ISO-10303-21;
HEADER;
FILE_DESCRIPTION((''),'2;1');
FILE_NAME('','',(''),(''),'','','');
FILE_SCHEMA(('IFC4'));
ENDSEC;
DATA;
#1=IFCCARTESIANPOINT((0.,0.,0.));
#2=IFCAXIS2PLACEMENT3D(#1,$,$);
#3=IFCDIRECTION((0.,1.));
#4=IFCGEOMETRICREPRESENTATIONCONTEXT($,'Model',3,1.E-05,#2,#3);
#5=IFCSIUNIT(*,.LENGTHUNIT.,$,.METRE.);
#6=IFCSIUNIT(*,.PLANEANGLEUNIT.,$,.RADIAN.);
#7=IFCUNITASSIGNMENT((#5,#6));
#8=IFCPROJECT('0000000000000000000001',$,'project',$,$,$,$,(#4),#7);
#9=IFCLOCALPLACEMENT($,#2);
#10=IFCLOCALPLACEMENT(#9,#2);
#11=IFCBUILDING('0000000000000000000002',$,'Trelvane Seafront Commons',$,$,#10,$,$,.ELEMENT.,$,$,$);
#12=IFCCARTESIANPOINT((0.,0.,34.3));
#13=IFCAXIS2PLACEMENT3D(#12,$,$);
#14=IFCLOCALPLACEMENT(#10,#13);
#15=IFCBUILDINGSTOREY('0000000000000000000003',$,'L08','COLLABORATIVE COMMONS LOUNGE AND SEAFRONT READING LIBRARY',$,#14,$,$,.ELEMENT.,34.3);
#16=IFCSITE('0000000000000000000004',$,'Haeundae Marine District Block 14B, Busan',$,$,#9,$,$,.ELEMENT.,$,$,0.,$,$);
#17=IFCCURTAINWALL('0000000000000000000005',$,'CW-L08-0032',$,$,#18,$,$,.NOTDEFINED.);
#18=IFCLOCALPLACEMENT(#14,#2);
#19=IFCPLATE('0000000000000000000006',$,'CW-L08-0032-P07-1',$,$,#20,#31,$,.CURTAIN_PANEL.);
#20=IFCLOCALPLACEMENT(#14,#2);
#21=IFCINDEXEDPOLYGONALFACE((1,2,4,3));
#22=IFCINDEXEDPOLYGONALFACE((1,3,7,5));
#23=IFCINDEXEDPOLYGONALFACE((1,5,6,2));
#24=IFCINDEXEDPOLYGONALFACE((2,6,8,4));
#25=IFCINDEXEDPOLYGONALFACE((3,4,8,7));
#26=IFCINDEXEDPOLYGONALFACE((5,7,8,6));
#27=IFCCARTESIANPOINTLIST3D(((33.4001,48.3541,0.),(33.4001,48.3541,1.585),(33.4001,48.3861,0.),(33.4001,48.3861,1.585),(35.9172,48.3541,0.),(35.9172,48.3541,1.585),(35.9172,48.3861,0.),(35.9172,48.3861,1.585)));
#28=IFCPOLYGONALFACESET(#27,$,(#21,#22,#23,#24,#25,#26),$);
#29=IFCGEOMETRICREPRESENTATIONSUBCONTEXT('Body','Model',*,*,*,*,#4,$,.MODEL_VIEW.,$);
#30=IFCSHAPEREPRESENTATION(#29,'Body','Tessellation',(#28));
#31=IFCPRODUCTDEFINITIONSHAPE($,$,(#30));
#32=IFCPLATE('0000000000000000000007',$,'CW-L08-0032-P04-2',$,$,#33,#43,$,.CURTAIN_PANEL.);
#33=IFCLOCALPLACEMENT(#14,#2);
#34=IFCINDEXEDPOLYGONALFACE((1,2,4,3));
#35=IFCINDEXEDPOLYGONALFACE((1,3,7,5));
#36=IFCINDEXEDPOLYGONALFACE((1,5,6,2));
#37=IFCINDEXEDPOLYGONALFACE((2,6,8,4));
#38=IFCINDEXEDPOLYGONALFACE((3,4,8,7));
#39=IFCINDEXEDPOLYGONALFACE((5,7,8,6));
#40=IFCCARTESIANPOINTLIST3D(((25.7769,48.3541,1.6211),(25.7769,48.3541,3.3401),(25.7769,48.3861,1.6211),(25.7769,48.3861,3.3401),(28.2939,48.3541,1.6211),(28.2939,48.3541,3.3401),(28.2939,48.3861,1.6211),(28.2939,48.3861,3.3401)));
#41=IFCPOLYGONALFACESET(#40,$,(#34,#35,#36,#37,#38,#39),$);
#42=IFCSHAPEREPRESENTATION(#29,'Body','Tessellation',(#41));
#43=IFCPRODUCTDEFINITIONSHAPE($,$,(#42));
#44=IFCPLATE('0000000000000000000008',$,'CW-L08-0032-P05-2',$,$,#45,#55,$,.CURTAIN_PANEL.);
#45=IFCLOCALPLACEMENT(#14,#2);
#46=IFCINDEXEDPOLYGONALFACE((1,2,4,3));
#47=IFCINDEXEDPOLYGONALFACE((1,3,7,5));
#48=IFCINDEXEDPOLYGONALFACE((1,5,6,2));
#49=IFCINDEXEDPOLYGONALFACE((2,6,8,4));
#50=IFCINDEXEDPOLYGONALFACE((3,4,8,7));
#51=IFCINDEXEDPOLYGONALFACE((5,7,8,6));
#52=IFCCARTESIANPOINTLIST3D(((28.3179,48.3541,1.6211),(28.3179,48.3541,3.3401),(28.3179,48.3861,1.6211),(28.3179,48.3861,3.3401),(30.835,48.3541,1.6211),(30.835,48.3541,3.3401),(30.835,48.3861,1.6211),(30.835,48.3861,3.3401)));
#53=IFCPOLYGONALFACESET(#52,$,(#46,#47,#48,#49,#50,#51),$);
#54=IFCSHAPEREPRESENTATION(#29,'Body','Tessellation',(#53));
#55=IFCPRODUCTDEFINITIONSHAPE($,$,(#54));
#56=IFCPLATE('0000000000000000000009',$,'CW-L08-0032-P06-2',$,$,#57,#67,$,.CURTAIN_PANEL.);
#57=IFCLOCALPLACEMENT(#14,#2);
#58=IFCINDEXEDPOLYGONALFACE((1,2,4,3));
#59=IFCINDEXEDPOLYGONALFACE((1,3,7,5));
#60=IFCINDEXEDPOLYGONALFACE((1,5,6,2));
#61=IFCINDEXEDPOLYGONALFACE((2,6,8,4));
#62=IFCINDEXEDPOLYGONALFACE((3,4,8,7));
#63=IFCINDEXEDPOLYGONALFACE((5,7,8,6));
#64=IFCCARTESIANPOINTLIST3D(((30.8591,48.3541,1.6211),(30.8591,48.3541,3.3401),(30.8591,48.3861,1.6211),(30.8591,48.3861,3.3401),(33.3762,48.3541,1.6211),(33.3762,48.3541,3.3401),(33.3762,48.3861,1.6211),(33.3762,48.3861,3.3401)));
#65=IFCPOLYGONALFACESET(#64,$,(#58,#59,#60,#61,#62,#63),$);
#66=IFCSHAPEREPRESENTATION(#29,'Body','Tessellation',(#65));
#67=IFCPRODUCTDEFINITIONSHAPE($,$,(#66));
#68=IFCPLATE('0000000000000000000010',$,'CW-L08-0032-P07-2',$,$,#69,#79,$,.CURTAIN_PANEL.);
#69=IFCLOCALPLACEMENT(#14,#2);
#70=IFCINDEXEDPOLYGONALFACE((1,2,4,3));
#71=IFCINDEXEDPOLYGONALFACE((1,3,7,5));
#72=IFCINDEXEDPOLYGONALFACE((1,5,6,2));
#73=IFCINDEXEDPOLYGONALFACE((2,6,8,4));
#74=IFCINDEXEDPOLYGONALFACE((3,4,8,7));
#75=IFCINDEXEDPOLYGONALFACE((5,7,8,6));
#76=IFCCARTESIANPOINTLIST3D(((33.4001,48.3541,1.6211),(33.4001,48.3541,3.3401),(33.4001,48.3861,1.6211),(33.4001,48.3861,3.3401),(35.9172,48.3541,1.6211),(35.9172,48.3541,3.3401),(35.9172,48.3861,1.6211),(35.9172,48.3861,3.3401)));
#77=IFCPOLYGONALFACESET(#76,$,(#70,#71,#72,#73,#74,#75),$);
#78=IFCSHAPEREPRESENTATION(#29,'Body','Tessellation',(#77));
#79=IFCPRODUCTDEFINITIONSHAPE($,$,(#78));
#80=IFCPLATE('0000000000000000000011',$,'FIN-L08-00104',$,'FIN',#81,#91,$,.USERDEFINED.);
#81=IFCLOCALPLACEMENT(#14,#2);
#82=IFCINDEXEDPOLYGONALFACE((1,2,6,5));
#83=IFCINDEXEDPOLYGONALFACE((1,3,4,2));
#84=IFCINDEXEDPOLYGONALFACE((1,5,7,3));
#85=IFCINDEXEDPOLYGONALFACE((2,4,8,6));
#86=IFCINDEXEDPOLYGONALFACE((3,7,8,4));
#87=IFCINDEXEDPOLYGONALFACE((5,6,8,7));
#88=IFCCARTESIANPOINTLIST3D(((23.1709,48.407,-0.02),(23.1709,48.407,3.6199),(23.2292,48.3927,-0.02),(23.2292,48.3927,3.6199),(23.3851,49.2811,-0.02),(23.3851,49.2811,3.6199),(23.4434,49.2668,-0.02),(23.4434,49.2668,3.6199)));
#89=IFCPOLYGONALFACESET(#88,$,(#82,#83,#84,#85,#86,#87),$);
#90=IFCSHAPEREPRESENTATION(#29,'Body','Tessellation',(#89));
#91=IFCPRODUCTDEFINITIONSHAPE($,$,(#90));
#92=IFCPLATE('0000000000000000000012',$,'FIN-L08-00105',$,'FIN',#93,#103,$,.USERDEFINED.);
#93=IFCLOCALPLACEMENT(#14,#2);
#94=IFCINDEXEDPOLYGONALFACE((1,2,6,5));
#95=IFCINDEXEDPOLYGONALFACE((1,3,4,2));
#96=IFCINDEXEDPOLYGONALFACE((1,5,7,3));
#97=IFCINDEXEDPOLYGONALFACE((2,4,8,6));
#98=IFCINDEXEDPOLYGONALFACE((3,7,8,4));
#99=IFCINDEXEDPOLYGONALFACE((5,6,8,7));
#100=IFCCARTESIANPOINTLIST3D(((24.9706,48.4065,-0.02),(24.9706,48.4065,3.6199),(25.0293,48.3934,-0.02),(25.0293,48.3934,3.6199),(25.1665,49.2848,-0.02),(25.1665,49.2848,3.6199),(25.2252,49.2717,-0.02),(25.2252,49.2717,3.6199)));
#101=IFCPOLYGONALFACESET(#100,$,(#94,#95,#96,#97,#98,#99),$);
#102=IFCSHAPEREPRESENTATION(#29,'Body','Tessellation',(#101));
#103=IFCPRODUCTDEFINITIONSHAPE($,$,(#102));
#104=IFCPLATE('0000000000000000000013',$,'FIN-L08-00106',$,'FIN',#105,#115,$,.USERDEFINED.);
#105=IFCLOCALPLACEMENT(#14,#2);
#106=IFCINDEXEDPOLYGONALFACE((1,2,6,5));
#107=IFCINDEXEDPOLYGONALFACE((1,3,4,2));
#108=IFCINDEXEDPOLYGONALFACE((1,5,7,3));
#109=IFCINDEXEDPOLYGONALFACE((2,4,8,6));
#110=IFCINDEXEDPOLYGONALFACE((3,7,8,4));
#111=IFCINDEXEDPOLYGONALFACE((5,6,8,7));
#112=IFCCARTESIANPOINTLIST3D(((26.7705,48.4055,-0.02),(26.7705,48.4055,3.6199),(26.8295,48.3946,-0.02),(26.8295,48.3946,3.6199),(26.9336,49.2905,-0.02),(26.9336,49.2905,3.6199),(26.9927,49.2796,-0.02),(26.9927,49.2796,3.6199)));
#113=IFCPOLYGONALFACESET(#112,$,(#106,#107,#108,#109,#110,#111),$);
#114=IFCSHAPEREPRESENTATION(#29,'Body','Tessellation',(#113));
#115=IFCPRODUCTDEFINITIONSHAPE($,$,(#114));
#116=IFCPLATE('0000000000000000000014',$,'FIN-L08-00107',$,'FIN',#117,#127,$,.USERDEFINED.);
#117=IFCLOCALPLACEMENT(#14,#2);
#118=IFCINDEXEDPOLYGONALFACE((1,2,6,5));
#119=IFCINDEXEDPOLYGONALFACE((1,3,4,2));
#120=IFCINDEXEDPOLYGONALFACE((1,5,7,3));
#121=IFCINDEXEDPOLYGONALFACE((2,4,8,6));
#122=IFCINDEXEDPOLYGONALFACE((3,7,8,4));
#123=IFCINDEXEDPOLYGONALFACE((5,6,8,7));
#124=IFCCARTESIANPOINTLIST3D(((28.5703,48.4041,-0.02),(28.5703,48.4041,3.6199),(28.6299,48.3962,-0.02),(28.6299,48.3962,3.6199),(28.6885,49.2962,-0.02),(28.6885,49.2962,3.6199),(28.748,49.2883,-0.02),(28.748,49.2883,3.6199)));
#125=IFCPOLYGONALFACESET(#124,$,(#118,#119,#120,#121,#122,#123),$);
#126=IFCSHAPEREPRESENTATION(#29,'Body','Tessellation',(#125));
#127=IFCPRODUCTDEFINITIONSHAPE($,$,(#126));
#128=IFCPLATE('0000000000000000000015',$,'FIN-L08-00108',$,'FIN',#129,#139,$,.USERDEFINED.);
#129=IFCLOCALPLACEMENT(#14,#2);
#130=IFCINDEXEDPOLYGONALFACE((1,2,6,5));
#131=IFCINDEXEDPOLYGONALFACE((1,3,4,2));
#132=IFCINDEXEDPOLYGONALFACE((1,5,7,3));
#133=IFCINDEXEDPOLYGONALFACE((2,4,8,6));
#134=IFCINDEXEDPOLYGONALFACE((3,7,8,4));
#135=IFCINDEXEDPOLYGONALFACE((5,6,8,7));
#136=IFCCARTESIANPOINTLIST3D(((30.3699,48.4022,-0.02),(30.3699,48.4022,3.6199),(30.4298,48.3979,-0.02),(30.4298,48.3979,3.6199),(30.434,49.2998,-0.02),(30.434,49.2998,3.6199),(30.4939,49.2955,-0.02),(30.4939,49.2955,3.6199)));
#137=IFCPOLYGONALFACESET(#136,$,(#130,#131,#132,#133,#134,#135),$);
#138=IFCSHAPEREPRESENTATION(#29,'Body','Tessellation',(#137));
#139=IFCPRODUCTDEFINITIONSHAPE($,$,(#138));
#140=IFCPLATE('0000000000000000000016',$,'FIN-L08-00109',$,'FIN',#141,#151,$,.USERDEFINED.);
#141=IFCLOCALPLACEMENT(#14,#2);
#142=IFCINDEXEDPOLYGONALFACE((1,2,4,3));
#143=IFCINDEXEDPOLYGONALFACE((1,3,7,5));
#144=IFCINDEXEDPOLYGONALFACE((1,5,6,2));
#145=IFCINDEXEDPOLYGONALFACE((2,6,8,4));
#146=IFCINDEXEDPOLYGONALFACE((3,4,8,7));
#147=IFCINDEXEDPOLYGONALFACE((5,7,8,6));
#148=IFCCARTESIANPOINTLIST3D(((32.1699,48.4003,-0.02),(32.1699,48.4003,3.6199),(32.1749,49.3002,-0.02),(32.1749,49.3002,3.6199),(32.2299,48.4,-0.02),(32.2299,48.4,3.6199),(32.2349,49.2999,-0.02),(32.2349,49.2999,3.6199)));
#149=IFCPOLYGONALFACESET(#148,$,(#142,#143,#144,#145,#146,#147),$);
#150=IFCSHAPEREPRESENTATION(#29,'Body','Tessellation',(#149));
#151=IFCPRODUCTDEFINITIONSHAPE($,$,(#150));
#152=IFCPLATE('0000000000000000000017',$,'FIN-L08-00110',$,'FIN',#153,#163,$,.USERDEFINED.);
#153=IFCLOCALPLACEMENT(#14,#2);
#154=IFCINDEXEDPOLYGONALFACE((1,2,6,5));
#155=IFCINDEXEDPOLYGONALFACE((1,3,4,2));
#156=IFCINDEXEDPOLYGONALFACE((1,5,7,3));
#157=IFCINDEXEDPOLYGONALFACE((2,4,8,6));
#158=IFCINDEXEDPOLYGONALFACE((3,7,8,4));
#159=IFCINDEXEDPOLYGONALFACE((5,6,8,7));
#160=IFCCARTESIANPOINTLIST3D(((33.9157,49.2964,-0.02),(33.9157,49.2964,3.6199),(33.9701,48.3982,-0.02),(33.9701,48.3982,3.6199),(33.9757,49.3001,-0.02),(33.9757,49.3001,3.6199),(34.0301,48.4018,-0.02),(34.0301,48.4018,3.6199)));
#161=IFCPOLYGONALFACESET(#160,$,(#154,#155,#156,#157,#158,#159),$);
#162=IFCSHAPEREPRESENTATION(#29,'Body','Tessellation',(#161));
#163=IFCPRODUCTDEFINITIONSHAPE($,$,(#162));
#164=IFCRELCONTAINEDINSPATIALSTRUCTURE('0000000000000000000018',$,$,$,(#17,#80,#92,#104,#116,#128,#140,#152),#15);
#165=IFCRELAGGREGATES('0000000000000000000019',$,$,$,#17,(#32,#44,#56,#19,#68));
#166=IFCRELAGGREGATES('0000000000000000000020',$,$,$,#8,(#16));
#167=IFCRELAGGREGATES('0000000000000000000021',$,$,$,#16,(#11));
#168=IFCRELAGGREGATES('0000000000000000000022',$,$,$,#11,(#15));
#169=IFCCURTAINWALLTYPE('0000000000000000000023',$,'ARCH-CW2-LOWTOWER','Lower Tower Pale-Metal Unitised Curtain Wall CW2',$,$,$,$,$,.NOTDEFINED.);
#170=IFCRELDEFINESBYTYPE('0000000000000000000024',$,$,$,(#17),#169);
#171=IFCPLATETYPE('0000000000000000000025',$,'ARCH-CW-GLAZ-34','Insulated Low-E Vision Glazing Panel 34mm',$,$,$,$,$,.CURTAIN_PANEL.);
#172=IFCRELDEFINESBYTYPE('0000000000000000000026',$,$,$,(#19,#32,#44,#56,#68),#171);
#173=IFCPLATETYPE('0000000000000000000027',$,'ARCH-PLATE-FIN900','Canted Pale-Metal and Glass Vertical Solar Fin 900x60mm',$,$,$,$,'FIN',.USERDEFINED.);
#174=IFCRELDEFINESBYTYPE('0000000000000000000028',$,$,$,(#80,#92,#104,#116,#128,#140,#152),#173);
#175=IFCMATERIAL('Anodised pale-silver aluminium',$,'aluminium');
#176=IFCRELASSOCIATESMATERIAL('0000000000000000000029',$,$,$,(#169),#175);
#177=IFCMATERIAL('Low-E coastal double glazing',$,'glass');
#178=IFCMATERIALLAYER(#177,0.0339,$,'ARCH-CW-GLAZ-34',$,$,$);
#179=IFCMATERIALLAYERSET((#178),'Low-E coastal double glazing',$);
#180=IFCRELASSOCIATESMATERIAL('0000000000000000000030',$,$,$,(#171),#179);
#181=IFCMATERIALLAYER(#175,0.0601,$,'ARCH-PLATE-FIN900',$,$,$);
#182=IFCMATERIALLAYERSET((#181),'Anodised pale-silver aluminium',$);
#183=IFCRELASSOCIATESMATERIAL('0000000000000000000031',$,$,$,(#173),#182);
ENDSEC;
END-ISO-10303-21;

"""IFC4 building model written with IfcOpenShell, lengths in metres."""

from ifc_helpers import new_model, si_unit, direction, frame, origin, origin_2d, place, context, subcontext, project, spatial, rectangle, extrude, source, transform, mapped, material, layer, layer_set, type_object, element, aggregate, save


model = new_model("IFC4")

# Units and contexts
model_context = context("Model", 3, precision=1e-05, world=origin(), true_north=direction((0.0, 1.0)))
body_context = subcontext(model_context, "Body", "Model", "MODEL_VIEW")
ifc_project = project(units=[si_unit("LENGTHUNIT", "METRE"), si_unit("PLANEANGLEUNIT", "RADIAN")], contexts=[model_context])

# Site, building, storey
site_placement = place(None, origin())
site = spatial("IfcSite", under=ifc_project, at=site_placement, Name="Haeundae Marine District Block 14B, Busan", CompositionType="ELEMENT", RefElevation=0.0)
building_placement = place(site_placement, origin())
building = spatial("IfcBuilding", under=site, at=building_placement, Name="Trelvane Seafront Commons", CompositionType="ELEMENT")
storey_placement = place(building_placement, frame((0.0, 0.0, 34.3)))
storey = spatial("IfcBuildingStorey", under=building, at=storey_placement, Name="L08", Description="COLLABORATIVE COMMONS LOUNGE AND SEAFRONT READING LIBRARY", CompositionType="ELEMENT", Elevation=34.3)

# Curtain wall, plates
ifc_material_1 = material(Name="Anodised pale-silver aluminium", Category="aluminium")
curtain_wall_type = type_object("IfcCurtainWallType", Name="ARCH-CW2-LOWTOWER", Description="Lower Tower Pale-Metal Unitised Curtain Wall CW2", PredefinedType="NOTDEFINED", material=ifc_material_1)
curtain_wall_placement = place(storey_placement, origin())
curtain_wall = element("IfcCurtainWall", 1, at=curtain_wall_placement, inside=storey, type_object=curtain_wall_type, Name="CW-L08-0032", PredefinedType="NOTDEFINED")
ifc_material_2 = material(Name="Low-E coastal double glazing", Category="glass")
ifc_layer_1 = layer(ifc_material_2, 0.0339, Name="ARCH-CW-GLAZ-34")
ifc_layer_set_1 = layer_set([ifc_layer_1], Name="Low-E coastal double glazing")
plate_type_1 = type_object("IfcPlateType", Name="ARCH-CW-GLAZ-34", Description="Insulated Low-E Vision Glazing Panel 34mm", PredefinedType="CURTAIN_PANEL", material=ifc_layer_set_1)
shared_shape_1 = source(origin(), body_context, "Body", "SweptSolid", [
    extrude(rectangle(XDim=2.5171, YDim=0.032, at=origin_2d()), origin(), (0.0, 0.0, 1.0), 1.585),
])
plate_1_placement = place(storey_placement, frame((34.6587, 48.3701, 0.0), z_axis=(0.0, 0.0, 1.0), x_axis=(1.0, 0.0, 0.0)))
plate_1 = element("IfcPlate", 2, at=plate_1_placement, type_object=plate_type_1, Name="CW-L08-0032-P07-1", PredefinedType="CURTAIN_PANEL", context=body_context, shape_type="MappedRepresentation", body=[
    mapped(shared_shape_1, transform((0.0, 0.0, 0.0), x_axis=(1.0, 0.0, 0.0), y_axis=(0.0, 1.0, 0.0), z_axis=(0.0, 0.0, 1.0), scale=1.0)),
])
shared_shape_2 = source(origin(), body_context, "Body", "SweptSolid", [
    extrude(rectangle(XDim=2.5171, YDim=0.032, at=origin_2d()), origin(), (0.0, 0.0, 1.0), 1.719),
])
plate_2_placement = place(storey_placement, frame((27.0354, 48.3701, 1.6211), z_axis=(0.0, 0.0, 1.0), x_axis=(1.0, 0.0, 0.0)))
plate_2 = element("IfcPlate", 3, at=plate_2_placement, type_object=plate_type_1, Name="CW-L08-0032-P04-2", PredefinedType="CURTAIN_PANEL", context=body_context, shape_type="MappedRepresentation", body=[
    mapped(shared_shape_2, transform((0.0, 0.0, 0.0), x_axis=(1.0, 0.0, 0.0), y_axis=(0.0, 1.0, 0.0), z_axis=(0.0, 0.0, 1.0), scale=1.0)),
])
plate_3_placement = place(storey_placement, frame((29.5764, 48.3701, 1.6211), z_axis=(0.0, 0.0, 1.0), x_axis=(1.0, 0.0, 0.0)))
plate_3 = element("IfcPlate", 4, at=plate_3_placement, type_object=plate_type_1, Name="CW-L08-0032-P05-2", PredefinedType="CURTAIN_PANEL", context=body_context, shape_type="MappedRepresentation", body=[
    mapped(shared_shape_2, transform((0.0, 0.0, 0.0), x_axis=(1.0, 0.0, 0.0), y_axis=(0.0, 1.0, 0.0), z_axis=(0.0, 0.0, 1.0), scale=1.0)),
])
plate_4_placement = place(storey_placement, frame((32.1177, 48.3701, 1.6211), z_axis=(0.0, 0.0, 1.0), x_axis=(1.0, 0.0, 0.0)))
plate_4 = element("IfcPlate", 5, at=plate_4_placement, type_object=plate_type_1, Name="CW-L08-0032-P06-2", PredefinedType="CURTAIN_PANEL", context=body_context, shape_type="MappedRepresentation", body=[
    mapped(shared_shape_2, transform((0.0, 0.0, 0.0), x_axis=(1.0, 0.0, 0.0), y_axis=(0.0, 1.0, 0.0), z_axis=(0.0, 0.0, 1.0), scale=1.0)),
])
plate_5_placement = place(storey_placement, frame((34.6587, 48.3701, 1.6211), z_axis=(0.0, 0.0, 1.0), x_axis=(1.0, 0.0, 0.0)))
plate_5 = element("IfcPlate", 6, at=plate_5_placement, type_object=plate_type_1, Name="CW-L08-0032-P07-2", PredefinedType="CURTAIN_PANEL", context=body_context, shape_type="MappedRepresentation", body=[
    mapped(shared_shape_2, transform((0.0, 0.0, 0.0), x_axis=(1.0, 0.0, 0.0), y_axis=(0.0, 1.0, 0.0), z_axis=(0.0, 0.0, 1.0), scale=1.0)),
])
aggregate(curtain_wall, [plate_2, plate_3, plate_4, plate_1, plate_5])

# Plates
ifc_layer_2 = layer(ifc_material_1, 0.0601, Name="ARCH-PLATE-FIN900")
ifc_layer_set_2 = layer_set([ifc_layer_2], Name="Anodised pale-silver aluminium")
plate_type_2 = type_object("IfcPlateType", Name="ARCH-PLATE-FIN900", Description="Canted Pale-Metal and Glass Vertical Solar Fin 900x60mm", ElementType="FIN", PredefinedType="USERDEFINED", material=ifc_layer_set_2)
shared_shape_3 = source(origin(), body_context, "Body", "SweptSolid", [
    extrude(rectangle(XDim=0.8999, YDim=0.0601, at=origin_2d()), origin(), (0.0, 0.0, 1.0), 3.6399),
])
for number, where, z_axis, x_axis, name in (
    (7, (23.3071, 48.8369, -0.02), (0.0, 0.0, 1.0), (0.23801, 0.971263, 0.0), "FIN-L08-00104"),
    (8, (25.0979, 48.8391, -0.02), (0.0, 0.0, 1.0), (0.217671, 0.976022, 0.0), "FIN-L08-00105"),
    (9, (26.8816, 48.8425, -0.02), (0.0, 0.0, 1.0), (0.181329, 0.983422, 0.0), "FIN-L08-00106"),
    (10, (28.6592, 48.8462, -0.02), (0.0, 0.0, 1.0), (0.131334, 0.991338, 0.0), "FIN-L08-00107"),
    (11, (30.4319, 48.8489, -0.02), (0.0, 0.0, 1.0), (0.071224, 0.99746, 0.0), "FIN-L08-00108"),
    (12, (32.2024, 48.8501, -0.02), (0.0, 0.0, 1.0), (0.005555, 0.999985, 0.0), "FIN-L08-00109"),
    (13, (33.9729, 48.8491, -0.02), (0.0, 0.0, 1.0), (-0.060441, 0.998172, 0.0), "FIN-L08-00110"),
):
    element("IfcPlate", number, at=place(storey_placement, frame(where, z_axis=z_axis, x_axis=x_axis)), inside=storey, type_object=plate_type_2, Name=name, ObjectType="FIN", PredefinedType="USERDEFINED", context=body_context, shape_type="MappedRepresentation", body=[
        mapped(shared_shape_3, transform((0.0, 0.0, 0.0), x_axis=(1.0, 0.0, 0.0), y_axis=(0.0, 1.0, 0.0), z_axis=(0.0, 0.0, 1.0), scale=1.0)),
    ])

save(model, "model.ifc")
